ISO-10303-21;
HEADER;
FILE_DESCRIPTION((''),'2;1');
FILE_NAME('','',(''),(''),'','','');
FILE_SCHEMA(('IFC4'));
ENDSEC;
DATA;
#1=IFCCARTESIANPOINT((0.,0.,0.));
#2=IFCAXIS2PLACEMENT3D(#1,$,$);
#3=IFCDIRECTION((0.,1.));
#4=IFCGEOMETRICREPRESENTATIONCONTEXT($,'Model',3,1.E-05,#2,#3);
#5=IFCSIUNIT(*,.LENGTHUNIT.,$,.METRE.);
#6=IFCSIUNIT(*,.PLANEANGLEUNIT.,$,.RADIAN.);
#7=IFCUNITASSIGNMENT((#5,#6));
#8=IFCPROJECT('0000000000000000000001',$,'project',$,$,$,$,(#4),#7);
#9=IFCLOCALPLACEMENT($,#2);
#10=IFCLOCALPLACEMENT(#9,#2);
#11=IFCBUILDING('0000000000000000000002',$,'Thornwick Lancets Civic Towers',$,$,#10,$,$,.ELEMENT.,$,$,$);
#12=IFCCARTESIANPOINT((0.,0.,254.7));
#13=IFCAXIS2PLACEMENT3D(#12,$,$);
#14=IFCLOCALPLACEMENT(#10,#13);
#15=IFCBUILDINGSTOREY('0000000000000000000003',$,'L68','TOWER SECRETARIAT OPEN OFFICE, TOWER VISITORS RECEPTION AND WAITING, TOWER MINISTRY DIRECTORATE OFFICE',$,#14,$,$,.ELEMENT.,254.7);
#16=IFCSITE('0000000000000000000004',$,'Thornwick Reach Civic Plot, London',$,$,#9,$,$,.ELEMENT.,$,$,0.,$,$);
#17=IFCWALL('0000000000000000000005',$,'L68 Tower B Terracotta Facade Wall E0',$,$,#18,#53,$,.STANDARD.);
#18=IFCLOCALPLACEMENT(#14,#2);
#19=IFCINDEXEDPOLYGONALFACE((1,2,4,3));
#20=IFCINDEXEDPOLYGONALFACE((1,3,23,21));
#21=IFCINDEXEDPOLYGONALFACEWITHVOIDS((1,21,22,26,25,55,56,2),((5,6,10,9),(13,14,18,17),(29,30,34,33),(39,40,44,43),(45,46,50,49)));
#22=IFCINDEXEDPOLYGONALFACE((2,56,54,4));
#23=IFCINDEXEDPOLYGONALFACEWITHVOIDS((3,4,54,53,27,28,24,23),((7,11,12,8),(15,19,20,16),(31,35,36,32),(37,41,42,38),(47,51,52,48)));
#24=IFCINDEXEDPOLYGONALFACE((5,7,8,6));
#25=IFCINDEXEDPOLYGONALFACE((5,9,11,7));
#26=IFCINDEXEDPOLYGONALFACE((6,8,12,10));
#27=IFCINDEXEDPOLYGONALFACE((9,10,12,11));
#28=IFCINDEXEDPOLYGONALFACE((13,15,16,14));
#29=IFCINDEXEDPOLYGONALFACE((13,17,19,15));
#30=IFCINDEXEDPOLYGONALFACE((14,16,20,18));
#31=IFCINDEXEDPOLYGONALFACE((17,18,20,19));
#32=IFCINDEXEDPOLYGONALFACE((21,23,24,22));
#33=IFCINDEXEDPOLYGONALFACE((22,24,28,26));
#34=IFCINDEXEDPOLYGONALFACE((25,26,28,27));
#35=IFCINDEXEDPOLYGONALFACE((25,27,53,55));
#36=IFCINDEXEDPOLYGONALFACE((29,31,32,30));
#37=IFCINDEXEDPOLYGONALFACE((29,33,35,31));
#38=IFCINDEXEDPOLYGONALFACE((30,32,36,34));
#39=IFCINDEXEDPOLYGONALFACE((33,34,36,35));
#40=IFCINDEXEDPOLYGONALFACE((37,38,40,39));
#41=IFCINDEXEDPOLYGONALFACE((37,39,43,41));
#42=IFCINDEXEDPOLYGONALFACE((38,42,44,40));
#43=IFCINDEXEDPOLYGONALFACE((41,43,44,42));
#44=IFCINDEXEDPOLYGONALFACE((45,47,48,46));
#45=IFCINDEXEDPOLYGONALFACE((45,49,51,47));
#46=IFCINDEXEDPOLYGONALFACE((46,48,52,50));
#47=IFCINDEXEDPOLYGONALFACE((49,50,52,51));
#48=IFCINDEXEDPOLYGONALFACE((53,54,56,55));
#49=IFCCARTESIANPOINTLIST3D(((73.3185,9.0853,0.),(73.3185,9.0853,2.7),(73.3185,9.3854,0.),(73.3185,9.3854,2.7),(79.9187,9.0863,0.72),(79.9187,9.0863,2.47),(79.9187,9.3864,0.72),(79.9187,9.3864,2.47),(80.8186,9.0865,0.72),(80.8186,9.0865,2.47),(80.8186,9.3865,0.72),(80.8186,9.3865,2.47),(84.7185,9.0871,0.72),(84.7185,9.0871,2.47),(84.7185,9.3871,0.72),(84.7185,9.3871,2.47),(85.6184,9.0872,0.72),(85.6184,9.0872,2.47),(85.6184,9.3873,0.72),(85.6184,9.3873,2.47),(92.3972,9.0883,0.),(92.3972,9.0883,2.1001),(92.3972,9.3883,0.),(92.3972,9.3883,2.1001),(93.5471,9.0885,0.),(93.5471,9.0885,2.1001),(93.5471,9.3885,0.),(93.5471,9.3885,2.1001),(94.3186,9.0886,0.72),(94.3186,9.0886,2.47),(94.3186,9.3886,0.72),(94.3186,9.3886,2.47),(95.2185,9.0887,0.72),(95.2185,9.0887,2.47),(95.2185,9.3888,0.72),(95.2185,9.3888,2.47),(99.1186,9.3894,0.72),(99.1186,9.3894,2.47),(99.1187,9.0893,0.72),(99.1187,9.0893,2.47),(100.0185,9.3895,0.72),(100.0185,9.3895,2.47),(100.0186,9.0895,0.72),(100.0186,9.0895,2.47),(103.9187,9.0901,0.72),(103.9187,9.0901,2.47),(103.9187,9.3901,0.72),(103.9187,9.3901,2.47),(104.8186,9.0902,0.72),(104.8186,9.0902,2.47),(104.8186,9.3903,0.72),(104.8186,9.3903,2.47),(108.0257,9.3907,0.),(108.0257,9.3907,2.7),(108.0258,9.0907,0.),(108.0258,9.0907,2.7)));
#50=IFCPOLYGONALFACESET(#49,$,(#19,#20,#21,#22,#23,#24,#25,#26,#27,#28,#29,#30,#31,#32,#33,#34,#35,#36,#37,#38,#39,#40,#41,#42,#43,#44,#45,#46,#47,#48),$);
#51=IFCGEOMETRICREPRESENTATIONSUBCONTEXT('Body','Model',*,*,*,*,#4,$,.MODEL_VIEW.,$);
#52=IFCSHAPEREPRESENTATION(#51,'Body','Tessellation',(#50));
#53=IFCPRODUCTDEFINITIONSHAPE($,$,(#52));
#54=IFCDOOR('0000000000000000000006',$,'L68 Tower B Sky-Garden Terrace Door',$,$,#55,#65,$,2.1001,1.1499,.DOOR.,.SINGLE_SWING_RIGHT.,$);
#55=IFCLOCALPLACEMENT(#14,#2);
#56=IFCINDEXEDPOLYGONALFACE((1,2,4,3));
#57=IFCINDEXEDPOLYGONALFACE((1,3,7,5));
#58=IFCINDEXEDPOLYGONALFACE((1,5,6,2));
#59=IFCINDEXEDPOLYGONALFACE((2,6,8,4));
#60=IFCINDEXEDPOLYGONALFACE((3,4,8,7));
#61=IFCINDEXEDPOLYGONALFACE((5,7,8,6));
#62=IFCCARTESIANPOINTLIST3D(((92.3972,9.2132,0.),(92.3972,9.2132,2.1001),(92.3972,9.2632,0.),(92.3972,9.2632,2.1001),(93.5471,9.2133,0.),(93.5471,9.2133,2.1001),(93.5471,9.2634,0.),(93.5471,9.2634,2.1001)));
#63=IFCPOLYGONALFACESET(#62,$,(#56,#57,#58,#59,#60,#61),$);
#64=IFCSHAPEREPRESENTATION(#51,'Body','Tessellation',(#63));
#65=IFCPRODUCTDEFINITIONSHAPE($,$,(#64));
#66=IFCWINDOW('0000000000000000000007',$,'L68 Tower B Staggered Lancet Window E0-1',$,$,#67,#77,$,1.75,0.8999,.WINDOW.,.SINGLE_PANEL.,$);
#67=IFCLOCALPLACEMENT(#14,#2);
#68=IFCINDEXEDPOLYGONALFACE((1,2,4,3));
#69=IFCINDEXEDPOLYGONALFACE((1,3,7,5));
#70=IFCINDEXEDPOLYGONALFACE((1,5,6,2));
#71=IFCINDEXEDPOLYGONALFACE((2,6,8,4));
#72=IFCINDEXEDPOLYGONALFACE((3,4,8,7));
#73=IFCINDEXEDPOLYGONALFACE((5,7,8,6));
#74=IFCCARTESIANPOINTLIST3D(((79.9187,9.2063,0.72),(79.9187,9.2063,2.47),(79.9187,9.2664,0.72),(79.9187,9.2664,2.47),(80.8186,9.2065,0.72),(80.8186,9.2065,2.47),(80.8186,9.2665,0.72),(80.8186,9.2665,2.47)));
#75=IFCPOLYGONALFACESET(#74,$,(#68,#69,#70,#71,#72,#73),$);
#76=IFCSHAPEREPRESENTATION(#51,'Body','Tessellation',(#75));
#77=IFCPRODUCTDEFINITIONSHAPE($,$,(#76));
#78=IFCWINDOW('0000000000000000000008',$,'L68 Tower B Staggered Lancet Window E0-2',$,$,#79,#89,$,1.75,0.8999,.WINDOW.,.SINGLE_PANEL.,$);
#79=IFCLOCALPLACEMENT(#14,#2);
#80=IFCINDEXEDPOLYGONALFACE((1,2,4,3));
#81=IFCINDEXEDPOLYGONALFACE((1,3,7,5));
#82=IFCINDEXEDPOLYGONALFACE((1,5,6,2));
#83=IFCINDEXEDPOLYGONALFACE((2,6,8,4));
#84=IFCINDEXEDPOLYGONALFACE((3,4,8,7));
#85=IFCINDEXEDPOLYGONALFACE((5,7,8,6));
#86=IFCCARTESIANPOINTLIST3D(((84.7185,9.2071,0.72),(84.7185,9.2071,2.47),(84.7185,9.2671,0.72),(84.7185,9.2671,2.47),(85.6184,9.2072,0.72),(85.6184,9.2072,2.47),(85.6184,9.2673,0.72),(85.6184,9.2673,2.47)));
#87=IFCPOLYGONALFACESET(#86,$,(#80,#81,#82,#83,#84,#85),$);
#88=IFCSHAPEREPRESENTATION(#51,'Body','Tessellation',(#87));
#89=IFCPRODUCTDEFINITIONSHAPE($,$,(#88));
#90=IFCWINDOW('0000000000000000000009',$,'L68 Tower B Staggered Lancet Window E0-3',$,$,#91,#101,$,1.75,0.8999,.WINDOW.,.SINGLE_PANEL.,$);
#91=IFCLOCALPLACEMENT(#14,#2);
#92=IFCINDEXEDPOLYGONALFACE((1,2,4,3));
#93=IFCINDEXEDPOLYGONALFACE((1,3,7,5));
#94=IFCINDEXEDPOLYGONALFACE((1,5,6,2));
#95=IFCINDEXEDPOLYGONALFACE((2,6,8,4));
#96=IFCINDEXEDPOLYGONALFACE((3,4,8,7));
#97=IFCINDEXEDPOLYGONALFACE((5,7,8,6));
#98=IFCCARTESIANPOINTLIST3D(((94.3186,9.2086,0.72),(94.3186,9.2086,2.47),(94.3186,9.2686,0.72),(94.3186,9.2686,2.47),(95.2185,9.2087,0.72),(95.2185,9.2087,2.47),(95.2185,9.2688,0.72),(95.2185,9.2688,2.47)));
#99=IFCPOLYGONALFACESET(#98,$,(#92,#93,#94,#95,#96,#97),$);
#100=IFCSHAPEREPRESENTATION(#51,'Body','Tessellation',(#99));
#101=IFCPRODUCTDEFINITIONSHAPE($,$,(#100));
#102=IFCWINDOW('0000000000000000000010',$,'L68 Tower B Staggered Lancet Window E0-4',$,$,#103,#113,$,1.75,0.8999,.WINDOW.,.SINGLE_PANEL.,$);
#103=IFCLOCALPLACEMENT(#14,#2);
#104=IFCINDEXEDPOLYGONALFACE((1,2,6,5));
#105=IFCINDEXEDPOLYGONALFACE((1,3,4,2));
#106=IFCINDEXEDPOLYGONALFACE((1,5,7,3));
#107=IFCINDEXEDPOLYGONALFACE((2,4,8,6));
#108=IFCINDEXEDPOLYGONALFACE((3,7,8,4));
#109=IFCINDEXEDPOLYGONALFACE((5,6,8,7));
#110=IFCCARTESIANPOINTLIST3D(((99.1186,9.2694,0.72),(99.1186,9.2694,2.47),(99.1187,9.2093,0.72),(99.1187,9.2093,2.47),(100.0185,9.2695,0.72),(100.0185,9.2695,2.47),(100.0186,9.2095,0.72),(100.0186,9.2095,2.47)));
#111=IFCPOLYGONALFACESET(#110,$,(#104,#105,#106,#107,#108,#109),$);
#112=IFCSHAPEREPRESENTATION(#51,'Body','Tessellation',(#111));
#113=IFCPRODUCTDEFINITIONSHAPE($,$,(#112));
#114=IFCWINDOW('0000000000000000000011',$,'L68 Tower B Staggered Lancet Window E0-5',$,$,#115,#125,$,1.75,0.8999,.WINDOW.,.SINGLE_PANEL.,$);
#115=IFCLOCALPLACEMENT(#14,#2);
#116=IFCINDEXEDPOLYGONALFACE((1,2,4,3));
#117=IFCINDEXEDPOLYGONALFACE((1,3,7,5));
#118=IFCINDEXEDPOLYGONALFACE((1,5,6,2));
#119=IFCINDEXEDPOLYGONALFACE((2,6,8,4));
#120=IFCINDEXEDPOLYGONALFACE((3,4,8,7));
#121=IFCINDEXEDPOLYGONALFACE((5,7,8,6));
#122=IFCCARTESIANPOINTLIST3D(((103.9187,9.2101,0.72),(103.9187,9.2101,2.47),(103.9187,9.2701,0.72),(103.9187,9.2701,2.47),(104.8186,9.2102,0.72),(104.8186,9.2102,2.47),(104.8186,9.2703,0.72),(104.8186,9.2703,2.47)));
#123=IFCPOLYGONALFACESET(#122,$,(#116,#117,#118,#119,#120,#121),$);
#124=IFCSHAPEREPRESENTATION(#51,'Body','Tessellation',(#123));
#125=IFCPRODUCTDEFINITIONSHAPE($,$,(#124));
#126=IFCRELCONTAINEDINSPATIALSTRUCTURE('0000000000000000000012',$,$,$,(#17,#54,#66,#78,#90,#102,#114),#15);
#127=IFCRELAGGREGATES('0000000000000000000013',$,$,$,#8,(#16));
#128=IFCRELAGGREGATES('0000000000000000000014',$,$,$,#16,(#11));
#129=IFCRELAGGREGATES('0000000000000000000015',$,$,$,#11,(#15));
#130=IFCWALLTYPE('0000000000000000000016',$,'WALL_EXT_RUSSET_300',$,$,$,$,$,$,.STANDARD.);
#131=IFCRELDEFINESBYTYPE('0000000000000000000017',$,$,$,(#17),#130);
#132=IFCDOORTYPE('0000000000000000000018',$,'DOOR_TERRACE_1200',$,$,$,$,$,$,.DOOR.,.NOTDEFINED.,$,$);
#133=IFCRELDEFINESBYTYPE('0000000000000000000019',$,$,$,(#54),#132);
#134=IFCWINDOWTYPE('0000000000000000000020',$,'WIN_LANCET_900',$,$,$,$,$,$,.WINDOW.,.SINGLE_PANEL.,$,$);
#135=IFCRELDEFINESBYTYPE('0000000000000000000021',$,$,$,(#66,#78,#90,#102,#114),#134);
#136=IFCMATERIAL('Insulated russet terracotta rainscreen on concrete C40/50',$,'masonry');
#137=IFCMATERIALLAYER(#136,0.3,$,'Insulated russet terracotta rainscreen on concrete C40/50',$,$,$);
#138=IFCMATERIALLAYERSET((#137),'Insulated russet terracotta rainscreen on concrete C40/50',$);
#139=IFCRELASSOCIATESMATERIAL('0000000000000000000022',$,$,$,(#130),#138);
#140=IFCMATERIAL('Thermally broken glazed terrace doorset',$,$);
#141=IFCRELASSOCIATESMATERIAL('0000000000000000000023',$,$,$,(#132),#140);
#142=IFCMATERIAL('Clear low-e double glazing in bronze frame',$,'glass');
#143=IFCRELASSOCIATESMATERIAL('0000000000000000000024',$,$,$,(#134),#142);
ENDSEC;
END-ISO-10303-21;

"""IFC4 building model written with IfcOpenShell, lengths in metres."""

from ifc_helpers import new_model, si_unit, direction, frame, frame_2d, origin, place, context, subcontext, project, spatial, rectangle, extrude, material, layer, layer_set, type_object, element, fill, save


model = new_model("IFC4")

# Units and contexts
model_context = context("Model", 3, precision=1e-05, world=origin(), true_north=direction((0.0, 1.0)))
body_context = subcontext(model_context, "Body", "Model", "MODEL_VIEW")
ifc_project = project(units=[si_unit("LENGTHUNIT", "METRE"), si_unit("PLANEANGLEUNIT", "RADIAN")], contexts=[model_context])

# Site, building, storey
site_placement = place(None, origin())
site = spatial("IfcSite", under=ifc_project, at=site_placement, Name="Thornwick Reach Civic Plot, London", CompositionType="ELEMENT", RefElevation=0.0)
building_placement = place(site_placement, origin())
building = spatial("IfcBuilding", under=site, at=building_placement, Name="Thornwick Lancets Civic Towers", CompositionType="ELEMENT")
storey_placement = place(building_placement, frame((0.0, 0.0, 254.7)))
storey = spatial("IfcBuildingStorey", under=building, at=storey_placement, Name="L68", Description="TOWER SECRETARIAT OPEN OFFICE, TOWER VISITORS RECEPTION AND WAITING, TOWER MINISTRY DIRECTORATE OFFICE", CompositionType="ELEMENT", Elevation=254.7)

# Wall, openings, door, windows
ifc_material_1 = material(Name="Insulated russet terracotta rainscreen on concrete C40/50", Category="masonry")
ifc_layer_1 = layer(ifc_material_1, 0.3, Name="Insulated russet terracotta rainscreen on concrete C40/50")
ifc_layer_set_1 = layer_set([ifc_layer_1], Name="Insulated russet terracotta rainscreen on concrete C40/50")
wall_type_1 = type_object("IfcWallType", Name="WALL_EXT_RUSSET_300", PredefinedType="STANDARD", material=ifc_layer_set_1)
wall_1_placement = place(storey_placement, frame((73.3186, 9.2354, 0.0), z_axis=(0.0, 0.0, 1.0), x_axis=(1.0, 0.000155, 0.0)))
wall_1 = element("IfcWall", 1, at=wall_1_placement, inside=storey, type_object=wall_type_1, Name="L68 Tower B Terracotta Facade Wall E0", PredefinedType="STANDARD", context=body_context, shape_type="SweptSolid", body=[
    extrude(rectangle(XDim=34.7073, YDim=0.3, at=frame_2d((17.3535, 0.0))), origin(), (0.0, 0.0, 1.0), 2.7),
])
opening_1_placement = place(wall_1_placement, frame((19.0786, 0.0, 0.0)))
opening_1 = element("IfcOpeningElement", 2, at=opening_1_placement, cuts=wall_1, PredefinedType="OPENING", context=body_context, shape_type="SweptSolid", body=[
    extrude(rectangle(XDim=1.1499, YDim=2.1001, at=frame_2d((0.575, 1.05))), frame((0.0, 0.1602, 0.0), z_axis=(0.0, -1.0, 0.0), x_axis=(1.0, 0.0, 0.0)), (0.0, 0.0, 1.0), 0.3201),
])
opening_2_placement = place(wall_1_placement, frame((6.6001, 0.0, 0.72)))
opening_2 = element("IfcOpeningElement", 3, at=opening_2_placement, cuts=wall_1, PredefinedType="OPENING", context=body_context, shape_type="SweptSolid", body=[
    extrude(rectangle(XDim=0.8999, YDim=1.75, at=frame_2d((0.45, 0.875))), frame((0.0, 0.1602, 0.0), z_axis=(0.0, -1.0, 0.0), x_axis=(1.0, 0.0, 0.0)), (0.0, 0.0, 1.0), 0.3201),
])
opening_3_placement = place(wall_1_placement, frame((11.3999, 0.0, 0.72)))
opening_3 = element("IfcOpeningElement", 4, at=opening_3_placement, cuts=wall_1, PredefinedType="OPENING", context=body_context, shape_type="SweptSolid", body=[
    extrude(rectangle(XDim=0.8999, YDim=1.75, at=frame_2d((0.45, 0.875))), frame((0.0, 0.1602, 0.0), z_axis=(0.0, -1.0, 0.0), x_axis=(1.0, 0.0, 0.0)), (0.0, 0.0, 1.0), 0.3201),
])
opening_4_placement = place(wall_1_placement, frame((21.0, 0.0, 0.72)))
opening_4 = element("IfcOpeningElement", 5, at=opening_4_placement, cuts=wall_1, PredefinedType="OPENING", context=body_context, shape_type="SweptSolid", body=[
    extrude(rectangle(XDim=0.8999, YDim=1.75, at=frame_2d((0.45, 0.875))), frame((0.0, 0.1602, 0.0), z_axis=(0.0, -1.0, 0.0), x_axis=(1.0, 0.0, 0.0)), (0.0, 0.0, 1.0), 0.3201),
])
opening_5_placement = place(wall_1_placement, frame((25.8, 0.0, 0.72)))
opening_5 = element("IfcOpeningElement", 6, at=opening_5_placement, cuts=wall_1, PredefinedType="OPENING", context=body_context, shape_type="SweptSolid", body=[
    extrude(rectangle(XDim=0.8999, YDim=1.75, at=frame_2d((0.45, 0.875))), frame((0.0, 0.1602, 0.0), z_axis=(0.0, -1.0, 0.0), x_axis=(1.0, 0.0, 0.0)), (0.0, 0.0, 1.0), 0.3201),
])
opening_6_placement = place(wall_1_placement, frame((30.6001, 0.0, 0.72)))
opening_6 = element("IfcOpeningElement", 7, at=opening_6_placement, cuts=wall_1, PredefinedType="OPENING", context=body_context, shape_type="SweptSolid", body=[
    extrude(rectangle(XDim=0.8999, YDim=1.75, at=frame_2d((0.45, 0.875))), frame((0.0, 0.1602, 0.0), z_axis=(0.0, -1.0, 0.0), x_axis=(1.0, 0.0, 0.0)), (0.0, 0.0, 1.0), 0.3201),
])
ifc_material_2 = material(Name="Thermally broken glazed terrace doorset")
door_type = type_object("IfcDoorType", Name="DOOR_TERRACE_1200", OperationType="NOTDEFINED", PredefinedType="DOOR", material=ifc_material_2)
door_placement = place(opening_1_placement, origin())
door = element("IfcDoor", 8, at=door_placement, inside=storey, type_object=door_type, Name="L68 Tower B Sky-Garden Terrace Door", OperationType="SINGLE_SWING_RIGHT", OverallHeight=2.1001, OverallWidth=1.1499, PredefinedType="DOOR", context=body_context, shape_type="SweptSolid", body=[
    extrude(rectangle(XDim=1.1499, YDim=2.1001, at=frame_2d((0.575, 1.05))), frame((0.0, 0.0249, 0.0), z_axis=(0.0, -1.0, 0.0), x_axis=(1.0, 0.0, 0.0)), (0.0, 0.0, 1.0), 0.05),
])
fill(opening_1, door)
ifc_material_3 = material(Name="Clear low-e double glazing in bronze frame", Category="glass")
window_type = type_object("IfcWindowType", Name="WIN_LANCET_900", PartitioningType="SINGLE_PANEL", PredefinedType="WINDOW", material=ifc_material_3)
window_1_placement = place(opening_2_placement, origin())
window_1 = element("IfcWindow", 9, at=window_1_placement, inside=storey, type_object=window_type, Name="L68 Tower B Staggered Lancet Window E0-1", OverallHeight=1.75, OverallWidth=0.8999, PartitioningType="SINGLE_PANEL", PredefinedType="WINDOW", context=body_context, shape_type="SweptSolid", body=[
    extrude(rectangle(XDim=0.8999, YDim=1.75, at=frame_2d((0.45, 0.875))), frame((0.0, 0.03, 0.0), z_axis=(0.0, -1.0, 0.0), x_axis=(1.0, 0.0, 0.0)), (0.0, 0.0, 1.0), 0.0601),
])
fill(opening_2, window_1)
window_2_placement = place(opening_3_placement, origin())
window_2 = element("IfcWindow", 10, at=window_2_placement, inside=storey, type_object=window_type, Name="L68 Tower B Staggered Lancet Window E0-2", OverallHeight=1.75, OverallWidth=0.8999, PartitioningType="SINGLE_PANEL", PredefinedType="WINDOW", context=body_context, shape_type="SweptSolid", body=[
    extrude(rectangle(XDim=0.8999, YDim=1.75, at=frame_2d((0.45, 0.875))), frame((0.0, 0.03, 0.0), z_axis=(0.0, -1.0, 0.0), x_axis=(1.0, 0.0, 0.0)), (0.0, 0.0, 1.0), 0.0601),
])
fill(opening_3, window_2)
window_3_placement = place(opening_4_placement, origin())
window_3 = element("IfcWindow", 11, at=window_3_placement, inside=storey, type_object=window_type, Name="L68 Tower B Staggered Lancet Window E0-3", OverallHeight=1.75, OverallWidth=0.8999, PartitioningType="SINGLE_PANEL", PredefinedType="WINDOW", context=body_context, shape_type="SweptSolid", body=[
    extrude(rectangle(XDim=0.8999, YDim=1.75, at=frame_2d((0.45, 0.875))), frame((0.0, 0.03, 0.0), z_axis=(0.0, -1.0, 0.0), x_axis=(1.0, 0.0, 0.0)), (0.0, 0.0, 1.0), 0.0601),
])
fill(opening_4, window_3)
window_4_placement = place(opening_5_placement, origin())
window_4 = element("IfcWindow", 12, at=window_4_placement, inside=storey, type_object=window_type, Name="L68 Tower B Staggered Lancet Window E0-4", OverallHeight=1.75, OverallWidth=0.8999, PartitioningType="SINGLE_PANEL", PredefinedType="WINDOW", context=body_context, shape_type="SweptSolid", body=[
    extrude(rectangle(XDim=0.8999, YDim=1.75, at=frame_2d((0.45, 0.875))), frame((0.0, 0.03, 0.0), z_axis=(0.0, -1.0, 0.0), x_axis=(1.0, 0.0, 0.0)), (0.0, 0.0, 1.0), 0.0601),
])
fill(opening_5, window_4)
window_5_placement = place(opening_6_placement, origin())
window_5 = element("IfcWindow", 13, at=window_5_placement, inside=storey, type_object=window_type, Name="L68 Tower B Staggered Lancet Window E0-5", OverallHeight=1.75, OverallWidth=0.8999, PartitioningType="SINGLE_PANEL", PredefinedType="WINDOW", context=body_context, shape_type="SweptSolid", body=[
    extrude(rectangle(XDim=0.8999, YDim=1.75, at=frame_2d((0.45, 0.875))), frame((0.0, 0.03, 0.0), z_axis=(0.0, -1.0, 0.0), x_axis=(1.0, 0.0, 0.0)), (0.0, 0.0, 1.0), 0.0601),
])
fill(opening_6, window_5)

save(model, "model.ifc")
